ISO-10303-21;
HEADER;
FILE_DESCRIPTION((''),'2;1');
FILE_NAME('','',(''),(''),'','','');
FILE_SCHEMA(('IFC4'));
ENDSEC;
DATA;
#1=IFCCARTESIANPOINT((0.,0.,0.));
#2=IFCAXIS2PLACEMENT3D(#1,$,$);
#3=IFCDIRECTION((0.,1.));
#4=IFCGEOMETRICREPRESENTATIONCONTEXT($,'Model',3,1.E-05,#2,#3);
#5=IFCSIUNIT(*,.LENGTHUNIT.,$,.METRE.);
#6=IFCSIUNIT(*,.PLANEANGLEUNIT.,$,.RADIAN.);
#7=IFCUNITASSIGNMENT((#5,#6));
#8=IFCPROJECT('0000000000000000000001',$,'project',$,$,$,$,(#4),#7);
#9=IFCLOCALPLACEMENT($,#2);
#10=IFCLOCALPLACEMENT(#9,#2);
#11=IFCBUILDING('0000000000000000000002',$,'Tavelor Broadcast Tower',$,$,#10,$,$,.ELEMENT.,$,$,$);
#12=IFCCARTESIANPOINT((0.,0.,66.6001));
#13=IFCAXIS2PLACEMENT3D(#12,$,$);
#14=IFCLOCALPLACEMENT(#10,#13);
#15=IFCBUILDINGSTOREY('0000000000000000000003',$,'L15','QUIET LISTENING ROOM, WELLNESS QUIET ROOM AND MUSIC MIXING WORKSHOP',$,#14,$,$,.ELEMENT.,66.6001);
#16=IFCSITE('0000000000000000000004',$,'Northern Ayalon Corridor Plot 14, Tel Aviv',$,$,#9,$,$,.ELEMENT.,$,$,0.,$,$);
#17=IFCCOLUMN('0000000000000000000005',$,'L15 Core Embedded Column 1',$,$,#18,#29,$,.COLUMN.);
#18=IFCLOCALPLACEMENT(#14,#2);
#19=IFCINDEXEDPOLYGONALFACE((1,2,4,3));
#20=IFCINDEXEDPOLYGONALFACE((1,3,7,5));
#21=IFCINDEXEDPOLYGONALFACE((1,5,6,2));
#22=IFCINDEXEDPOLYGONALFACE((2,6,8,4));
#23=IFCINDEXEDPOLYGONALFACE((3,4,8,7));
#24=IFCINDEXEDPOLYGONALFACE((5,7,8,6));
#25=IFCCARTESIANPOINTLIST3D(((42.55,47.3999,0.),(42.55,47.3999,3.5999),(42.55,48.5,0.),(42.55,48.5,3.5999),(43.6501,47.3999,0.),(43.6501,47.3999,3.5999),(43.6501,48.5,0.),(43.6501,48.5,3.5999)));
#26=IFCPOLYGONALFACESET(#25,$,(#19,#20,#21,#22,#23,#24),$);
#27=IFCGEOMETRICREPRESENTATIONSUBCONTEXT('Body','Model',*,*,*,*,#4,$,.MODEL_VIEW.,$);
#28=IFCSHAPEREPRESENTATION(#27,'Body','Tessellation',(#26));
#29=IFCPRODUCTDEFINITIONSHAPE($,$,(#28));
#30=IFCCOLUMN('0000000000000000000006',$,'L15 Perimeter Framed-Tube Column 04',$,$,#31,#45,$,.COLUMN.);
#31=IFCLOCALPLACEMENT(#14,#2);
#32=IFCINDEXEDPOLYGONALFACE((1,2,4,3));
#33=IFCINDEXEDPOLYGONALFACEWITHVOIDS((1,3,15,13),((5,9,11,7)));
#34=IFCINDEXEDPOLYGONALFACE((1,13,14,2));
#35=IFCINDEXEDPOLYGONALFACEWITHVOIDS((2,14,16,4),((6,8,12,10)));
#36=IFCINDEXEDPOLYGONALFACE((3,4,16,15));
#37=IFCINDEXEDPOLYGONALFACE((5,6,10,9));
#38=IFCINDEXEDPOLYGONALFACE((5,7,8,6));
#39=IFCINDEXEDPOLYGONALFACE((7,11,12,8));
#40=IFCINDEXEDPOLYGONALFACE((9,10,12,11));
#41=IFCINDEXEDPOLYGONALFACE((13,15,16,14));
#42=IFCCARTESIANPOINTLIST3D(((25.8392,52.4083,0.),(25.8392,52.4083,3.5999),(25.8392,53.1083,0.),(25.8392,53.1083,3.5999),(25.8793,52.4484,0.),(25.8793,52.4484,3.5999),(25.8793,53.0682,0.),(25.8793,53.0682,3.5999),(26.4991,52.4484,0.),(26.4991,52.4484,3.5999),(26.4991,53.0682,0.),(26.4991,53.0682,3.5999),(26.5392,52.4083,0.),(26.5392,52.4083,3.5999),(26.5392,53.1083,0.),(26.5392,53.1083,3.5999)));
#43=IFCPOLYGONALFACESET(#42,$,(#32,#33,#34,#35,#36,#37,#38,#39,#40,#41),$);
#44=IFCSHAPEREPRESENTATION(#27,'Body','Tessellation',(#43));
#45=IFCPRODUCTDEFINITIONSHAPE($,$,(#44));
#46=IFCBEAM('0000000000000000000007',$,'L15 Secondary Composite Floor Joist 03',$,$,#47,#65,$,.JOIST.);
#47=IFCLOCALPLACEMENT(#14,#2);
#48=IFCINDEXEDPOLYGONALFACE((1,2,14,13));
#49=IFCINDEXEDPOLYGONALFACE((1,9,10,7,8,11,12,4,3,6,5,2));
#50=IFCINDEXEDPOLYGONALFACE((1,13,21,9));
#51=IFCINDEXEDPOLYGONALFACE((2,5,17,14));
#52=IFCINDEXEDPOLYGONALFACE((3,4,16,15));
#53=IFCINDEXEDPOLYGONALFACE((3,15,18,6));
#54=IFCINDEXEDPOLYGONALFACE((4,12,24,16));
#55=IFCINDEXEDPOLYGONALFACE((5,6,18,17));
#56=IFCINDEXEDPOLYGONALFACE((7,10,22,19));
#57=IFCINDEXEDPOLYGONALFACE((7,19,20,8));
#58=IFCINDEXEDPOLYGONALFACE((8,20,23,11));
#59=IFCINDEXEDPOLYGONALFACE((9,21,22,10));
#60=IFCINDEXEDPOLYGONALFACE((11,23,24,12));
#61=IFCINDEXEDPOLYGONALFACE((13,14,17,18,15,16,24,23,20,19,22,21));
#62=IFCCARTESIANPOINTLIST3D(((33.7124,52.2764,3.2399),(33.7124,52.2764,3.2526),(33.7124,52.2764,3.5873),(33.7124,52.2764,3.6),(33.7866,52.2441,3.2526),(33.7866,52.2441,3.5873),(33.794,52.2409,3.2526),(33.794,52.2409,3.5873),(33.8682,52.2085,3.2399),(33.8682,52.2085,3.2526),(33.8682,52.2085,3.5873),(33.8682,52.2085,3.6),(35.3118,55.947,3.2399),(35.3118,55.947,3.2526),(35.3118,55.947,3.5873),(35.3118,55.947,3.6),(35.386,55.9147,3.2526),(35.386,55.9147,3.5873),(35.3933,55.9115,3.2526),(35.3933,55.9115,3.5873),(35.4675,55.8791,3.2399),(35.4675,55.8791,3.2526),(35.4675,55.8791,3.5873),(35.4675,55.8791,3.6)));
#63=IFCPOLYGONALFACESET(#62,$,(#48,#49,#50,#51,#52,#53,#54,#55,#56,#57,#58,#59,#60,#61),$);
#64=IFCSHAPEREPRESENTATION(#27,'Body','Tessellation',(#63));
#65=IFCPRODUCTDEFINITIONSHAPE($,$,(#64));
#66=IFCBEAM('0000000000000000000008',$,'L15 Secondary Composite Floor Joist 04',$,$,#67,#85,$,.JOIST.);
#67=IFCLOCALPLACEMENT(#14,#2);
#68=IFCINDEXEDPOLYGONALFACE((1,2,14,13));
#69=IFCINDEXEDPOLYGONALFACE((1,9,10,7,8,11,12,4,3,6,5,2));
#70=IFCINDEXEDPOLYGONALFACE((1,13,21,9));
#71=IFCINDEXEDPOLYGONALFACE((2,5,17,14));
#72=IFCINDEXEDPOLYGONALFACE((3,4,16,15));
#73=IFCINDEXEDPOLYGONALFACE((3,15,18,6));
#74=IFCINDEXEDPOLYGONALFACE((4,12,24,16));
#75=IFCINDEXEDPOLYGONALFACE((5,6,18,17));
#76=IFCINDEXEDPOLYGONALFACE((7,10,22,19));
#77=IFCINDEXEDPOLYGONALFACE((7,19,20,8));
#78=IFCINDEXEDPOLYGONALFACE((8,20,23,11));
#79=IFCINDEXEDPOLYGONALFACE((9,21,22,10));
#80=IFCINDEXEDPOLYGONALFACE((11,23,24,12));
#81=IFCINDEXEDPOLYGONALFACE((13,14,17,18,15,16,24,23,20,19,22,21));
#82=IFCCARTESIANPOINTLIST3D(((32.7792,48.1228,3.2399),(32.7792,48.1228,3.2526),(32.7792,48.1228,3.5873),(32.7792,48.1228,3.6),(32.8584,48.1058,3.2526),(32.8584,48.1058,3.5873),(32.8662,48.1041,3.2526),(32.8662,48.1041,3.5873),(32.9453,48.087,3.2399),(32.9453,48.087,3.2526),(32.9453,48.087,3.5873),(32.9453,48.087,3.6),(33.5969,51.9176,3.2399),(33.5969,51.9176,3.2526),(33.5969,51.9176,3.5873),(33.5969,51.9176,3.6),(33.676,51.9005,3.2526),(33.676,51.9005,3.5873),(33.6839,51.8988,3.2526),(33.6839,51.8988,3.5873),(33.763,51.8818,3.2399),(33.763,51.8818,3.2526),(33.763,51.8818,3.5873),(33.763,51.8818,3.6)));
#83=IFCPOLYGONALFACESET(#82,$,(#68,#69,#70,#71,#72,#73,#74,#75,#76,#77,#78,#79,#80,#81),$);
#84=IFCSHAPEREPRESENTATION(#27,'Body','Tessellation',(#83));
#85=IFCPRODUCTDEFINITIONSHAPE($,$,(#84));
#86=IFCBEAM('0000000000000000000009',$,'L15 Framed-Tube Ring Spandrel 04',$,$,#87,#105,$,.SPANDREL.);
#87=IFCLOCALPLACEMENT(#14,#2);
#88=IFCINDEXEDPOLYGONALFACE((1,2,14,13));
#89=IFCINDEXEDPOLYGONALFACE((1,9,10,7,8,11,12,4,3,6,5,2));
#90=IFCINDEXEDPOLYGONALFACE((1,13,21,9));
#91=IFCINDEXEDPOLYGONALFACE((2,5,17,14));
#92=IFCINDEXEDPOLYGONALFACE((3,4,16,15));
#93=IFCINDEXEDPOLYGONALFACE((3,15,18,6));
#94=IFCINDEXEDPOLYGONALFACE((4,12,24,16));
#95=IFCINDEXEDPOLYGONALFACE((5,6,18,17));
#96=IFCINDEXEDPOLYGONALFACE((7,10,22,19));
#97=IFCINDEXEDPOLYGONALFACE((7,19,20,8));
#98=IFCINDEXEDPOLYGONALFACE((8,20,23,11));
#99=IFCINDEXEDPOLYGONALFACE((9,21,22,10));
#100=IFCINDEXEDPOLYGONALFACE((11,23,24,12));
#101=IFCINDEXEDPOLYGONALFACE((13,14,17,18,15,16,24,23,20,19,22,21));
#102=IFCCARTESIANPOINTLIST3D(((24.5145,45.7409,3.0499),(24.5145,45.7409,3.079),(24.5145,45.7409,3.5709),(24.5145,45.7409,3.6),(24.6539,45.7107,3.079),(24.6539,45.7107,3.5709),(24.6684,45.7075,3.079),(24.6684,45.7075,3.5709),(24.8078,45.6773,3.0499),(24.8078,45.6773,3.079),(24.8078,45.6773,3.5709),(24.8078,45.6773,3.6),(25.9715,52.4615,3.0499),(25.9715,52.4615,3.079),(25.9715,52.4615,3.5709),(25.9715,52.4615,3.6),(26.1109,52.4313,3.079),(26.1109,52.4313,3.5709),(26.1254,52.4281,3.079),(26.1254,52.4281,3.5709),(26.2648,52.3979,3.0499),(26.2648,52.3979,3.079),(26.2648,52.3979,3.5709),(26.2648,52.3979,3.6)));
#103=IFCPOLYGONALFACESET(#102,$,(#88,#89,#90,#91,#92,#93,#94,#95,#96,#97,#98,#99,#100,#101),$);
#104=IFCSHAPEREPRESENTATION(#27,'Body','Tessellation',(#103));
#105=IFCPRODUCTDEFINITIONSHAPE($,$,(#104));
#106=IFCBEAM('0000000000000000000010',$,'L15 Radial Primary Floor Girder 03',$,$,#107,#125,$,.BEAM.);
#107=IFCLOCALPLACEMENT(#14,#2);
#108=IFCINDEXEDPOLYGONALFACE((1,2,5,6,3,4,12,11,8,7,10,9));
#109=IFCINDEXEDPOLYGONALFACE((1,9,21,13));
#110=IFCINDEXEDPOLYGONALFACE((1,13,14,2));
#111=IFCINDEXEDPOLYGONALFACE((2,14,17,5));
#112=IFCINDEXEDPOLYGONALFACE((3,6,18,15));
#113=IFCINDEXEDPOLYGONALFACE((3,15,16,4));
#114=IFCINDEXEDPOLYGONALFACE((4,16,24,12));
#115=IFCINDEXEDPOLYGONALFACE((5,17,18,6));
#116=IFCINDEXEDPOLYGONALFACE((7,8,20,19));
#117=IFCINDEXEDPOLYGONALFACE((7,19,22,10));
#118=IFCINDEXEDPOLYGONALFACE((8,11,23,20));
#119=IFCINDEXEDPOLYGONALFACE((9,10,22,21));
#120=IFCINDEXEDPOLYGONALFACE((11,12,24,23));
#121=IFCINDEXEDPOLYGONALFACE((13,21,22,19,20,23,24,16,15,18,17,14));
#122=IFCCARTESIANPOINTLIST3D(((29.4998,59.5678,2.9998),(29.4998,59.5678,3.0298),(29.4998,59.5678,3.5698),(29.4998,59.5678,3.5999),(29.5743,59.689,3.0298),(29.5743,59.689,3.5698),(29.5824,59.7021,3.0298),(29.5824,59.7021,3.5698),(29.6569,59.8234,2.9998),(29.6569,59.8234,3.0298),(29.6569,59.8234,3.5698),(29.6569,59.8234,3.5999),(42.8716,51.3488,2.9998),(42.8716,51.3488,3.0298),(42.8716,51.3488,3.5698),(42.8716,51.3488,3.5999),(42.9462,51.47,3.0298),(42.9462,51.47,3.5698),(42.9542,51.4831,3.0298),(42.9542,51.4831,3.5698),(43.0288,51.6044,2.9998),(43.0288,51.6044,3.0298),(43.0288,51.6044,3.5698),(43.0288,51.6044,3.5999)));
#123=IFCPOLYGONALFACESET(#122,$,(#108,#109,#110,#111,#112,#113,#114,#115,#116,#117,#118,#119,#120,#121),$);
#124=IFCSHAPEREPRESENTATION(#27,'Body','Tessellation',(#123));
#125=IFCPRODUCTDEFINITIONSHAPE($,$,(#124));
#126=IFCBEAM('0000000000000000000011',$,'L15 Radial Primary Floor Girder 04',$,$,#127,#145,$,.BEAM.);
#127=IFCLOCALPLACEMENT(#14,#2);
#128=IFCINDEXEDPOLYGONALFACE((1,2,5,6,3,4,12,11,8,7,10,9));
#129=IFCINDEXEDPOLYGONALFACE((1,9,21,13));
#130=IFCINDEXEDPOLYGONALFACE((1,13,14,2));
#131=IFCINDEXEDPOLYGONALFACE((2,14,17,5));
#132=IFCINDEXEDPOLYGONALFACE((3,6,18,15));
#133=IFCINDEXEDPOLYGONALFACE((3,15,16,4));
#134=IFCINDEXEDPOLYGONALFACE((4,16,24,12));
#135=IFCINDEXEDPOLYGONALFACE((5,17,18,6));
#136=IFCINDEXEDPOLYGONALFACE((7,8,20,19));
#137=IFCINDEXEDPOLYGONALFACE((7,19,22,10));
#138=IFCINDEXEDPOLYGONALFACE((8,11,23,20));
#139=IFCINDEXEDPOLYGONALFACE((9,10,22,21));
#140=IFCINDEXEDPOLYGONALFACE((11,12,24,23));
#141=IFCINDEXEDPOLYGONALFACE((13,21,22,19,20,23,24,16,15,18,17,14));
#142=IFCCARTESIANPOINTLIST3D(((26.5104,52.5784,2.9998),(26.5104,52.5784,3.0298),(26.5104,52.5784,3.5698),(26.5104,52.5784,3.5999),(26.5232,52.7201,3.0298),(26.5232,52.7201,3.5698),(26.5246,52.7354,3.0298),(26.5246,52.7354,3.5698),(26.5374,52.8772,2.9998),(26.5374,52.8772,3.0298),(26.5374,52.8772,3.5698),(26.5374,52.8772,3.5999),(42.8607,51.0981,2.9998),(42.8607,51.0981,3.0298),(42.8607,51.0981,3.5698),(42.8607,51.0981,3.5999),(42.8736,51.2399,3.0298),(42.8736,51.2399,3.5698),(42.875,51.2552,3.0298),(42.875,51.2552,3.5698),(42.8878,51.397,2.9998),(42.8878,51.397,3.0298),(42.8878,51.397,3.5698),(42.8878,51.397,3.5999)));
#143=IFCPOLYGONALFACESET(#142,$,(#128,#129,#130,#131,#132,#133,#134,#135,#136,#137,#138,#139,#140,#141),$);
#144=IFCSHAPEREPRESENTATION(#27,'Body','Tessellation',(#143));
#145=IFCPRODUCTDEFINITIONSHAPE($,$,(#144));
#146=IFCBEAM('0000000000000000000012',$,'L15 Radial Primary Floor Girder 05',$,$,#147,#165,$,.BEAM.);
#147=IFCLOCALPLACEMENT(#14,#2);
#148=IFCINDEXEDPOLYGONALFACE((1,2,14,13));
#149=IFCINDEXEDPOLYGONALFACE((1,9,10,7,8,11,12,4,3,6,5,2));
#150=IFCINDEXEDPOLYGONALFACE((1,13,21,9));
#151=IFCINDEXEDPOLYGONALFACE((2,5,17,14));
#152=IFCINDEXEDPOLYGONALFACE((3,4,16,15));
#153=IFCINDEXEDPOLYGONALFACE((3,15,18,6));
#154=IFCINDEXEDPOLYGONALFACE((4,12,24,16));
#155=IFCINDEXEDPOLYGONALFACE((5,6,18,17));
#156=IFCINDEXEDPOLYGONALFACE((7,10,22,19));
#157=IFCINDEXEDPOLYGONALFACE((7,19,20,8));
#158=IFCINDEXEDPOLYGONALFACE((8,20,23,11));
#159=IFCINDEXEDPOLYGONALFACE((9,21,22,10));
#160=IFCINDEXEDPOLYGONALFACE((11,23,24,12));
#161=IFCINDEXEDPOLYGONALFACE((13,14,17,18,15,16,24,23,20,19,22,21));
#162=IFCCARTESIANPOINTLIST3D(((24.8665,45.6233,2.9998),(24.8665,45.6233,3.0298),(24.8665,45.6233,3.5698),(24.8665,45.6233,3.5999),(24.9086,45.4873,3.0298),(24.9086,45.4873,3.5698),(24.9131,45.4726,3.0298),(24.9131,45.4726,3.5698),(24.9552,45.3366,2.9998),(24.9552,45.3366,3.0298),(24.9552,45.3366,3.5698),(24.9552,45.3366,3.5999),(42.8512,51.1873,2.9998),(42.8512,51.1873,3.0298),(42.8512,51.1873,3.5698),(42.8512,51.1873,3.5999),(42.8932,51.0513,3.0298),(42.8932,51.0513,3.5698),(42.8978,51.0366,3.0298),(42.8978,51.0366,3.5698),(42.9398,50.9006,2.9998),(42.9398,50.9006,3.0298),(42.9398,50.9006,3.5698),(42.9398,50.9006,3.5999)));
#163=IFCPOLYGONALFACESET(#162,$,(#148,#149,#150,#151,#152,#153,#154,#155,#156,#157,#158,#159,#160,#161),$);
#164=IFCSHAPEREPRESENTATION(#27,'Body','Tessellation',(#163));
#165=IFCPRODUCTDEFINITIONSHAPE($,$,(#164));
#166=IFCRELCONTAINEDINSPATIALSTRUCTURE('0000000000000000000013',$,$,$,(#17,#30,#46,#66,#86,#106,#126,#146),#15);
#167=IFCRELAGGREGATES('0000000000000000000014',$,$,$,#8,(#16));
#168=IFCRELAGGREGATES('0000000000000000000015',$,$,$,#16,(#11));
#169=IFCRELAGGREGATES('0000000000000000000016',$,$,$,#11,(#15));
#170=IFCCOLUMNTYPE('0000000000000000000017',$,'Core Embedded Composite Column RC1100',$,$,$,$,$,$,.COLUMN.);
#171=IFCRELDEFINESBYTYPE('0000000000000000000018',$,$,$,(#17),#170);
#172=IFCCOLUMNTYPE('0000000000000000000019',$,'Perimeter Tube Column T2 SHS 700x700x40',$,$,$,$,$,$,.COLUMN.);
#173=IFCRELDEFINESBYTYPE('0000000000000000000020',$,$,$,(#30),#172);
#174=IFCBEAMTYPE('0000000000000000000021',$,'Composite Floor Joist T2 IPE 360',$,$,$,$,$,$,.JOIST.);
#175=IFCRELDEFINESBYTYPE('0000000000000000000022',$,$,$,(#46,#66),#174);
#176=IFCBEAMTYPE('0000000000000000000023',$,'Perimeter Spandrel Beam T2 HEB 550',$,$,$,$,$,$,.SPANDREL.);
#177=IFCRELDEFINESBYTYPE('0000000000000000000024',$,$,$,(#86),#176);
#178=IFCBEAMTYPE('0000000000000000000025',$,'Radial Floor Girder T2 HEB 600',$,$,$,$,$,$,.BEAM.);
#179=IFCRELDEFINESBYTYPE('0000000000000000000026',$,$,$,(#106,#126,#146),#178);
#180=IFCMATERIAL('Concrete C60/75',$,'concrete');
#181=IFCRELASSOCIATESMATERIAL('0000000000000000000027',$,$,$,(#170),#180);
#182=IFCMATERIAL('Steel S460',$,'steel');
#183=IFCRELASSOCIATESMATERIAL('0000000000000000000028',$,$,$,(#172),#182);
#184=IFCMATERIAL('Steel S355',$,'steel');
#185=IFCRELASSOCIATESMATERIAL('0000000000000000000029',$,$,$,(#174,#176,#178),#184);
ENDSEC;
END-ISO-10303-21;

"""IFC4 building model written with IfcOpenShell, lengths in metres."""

from ifc_helpers import new_model, si_unit, direction, frame, origin, origin_2d, place, context, subcontext, project, spatial, rectangle, hollow_rectangle, i_section, extrude, material, material_profile, profile_set, type_object, element, save


model = new_model("IFC4")

# Units and contexts
model_context = context("Model", 3, precision=1e-05, world=origin(), true_north=direction((0.0, 1.0)))
body_context = subcontext(model_context, "Body", "Model", "MODEL_VIEW")
ifc_project = project(units=[si_unit("LENGTHUNIT", "METRE"), si_unit("PLANEANGLEUNIT", "RADIAN")], contexts=[model_context])

# Site, building, storey
site_placement = place(None, origin())
site = spatial("IfcSite", under=ifc_project, at=site_placement, Name="Northern Ayalon Corridor Plot 14, Tel Aviv", CompositionType="ELEMENT", RefElevation=0.0)
building_placement = place(site_placement, origin())
building = spatial("IfcBuilding", under=site, at=building_placement, Name="Tavelor Broadcast Tower", CompositionType="ELEMENT")
storey_placement = place(building_placement, frame((0.0, 0.0, 66.6001)))
storey = spatial("IfcBuildingStorey", under=building, at=storey_placement, Name="L15", Description="QUIET LISTENING ROOM, WELLNESS QUIET ROOM AND MUSIC MIXING WORKSHOP", CompositionType="ELEMENT", Elevation=66.6001)

# Columns
ifc_material_1 = material(Name="Concrete C60/75", Category="concrete")
ifc_material_profile_1 = material_profile(ifc_material_1, rectangle(XDim=1.1001, YDim=1.1001, at=origin_2d()), Name="RC 1100x1100")
ifc_profile_set_1 = profile_set([ifc_material_profile_1], Name="Concrete C60/75")
column_type_1 = type_object("IfcColumnType", Name="Core Embedded Composite Column RC1100", PredefinedType="COLUMN", material=ifc_profile_set_1)
column_1_placement = place(storey_placement, frame((43.1001, 47.95, 0.0), z_axis=(0.0, 0.0, 1.0), x_axis=(1.0, 0.0, 0.0)))
element("IfcColumn", 1, at=column_1_placement, inside=storey, type_object=column_type_1, Name="L15 Core Embedded Column 1", PredefinedType="COLUMN", context=body_context, shape_type="SweptSolid", body=[
    extrude(rectangle(XDim=1.1001, YDim=1.1001, at=origin_2d()), origin(), (0.0, 0.0, 1.0), 3.5999),
])
ifc_material_2 = material(Name="Steel S460", Category="steel")
ifc_material_profile_2 = material_profile(ifc_material_2, hollow_rectangle(XDim=0.7, YDim=0.7, WallThickness=0.04, at=origin_2d()), Name="SHS 700x700x40")
ifc_profile_set_2 = profile_set([ifc_material_profile_2], Name="Steel S460")
column_type_2 = type_object("IfcColumnType", Name="Perimeter Tube Column T2 SHS 700x700x40", PredefinedType="COLUMN", material=ifc_profile_set_2)
column_2_placement = place(storey_placement, frame((26.1892, 52.7583, 0.0), z_axis=(0.0, 0.0, 1.0), x_axis=(1.0, 0.0, 0.0)))
element("IfcColumn", 2, at=column_2_placement, inside=storey, type_object=column_type_2, Name="L15 Perimeter Framed-Tube Column 04", PredefinedType="COLUMN", context=body_context, shape_type="SweptSolid", body=[
    extrude(hollow_rectangle(XDim=0.7, YDim=0.7, WallThickness=0.04, at=origin_2d()), origin(), (0.0, 0.0, 1.0), 3.5999),
])

# Beams
ifc_material_3 = material(Name="Steel S355", Category="steel")
ifc_material_profile_3 = material_profile(ifc_material_3, i_section(OverallWidth=0.1699, OverallDepth=0.3601, WebThickness=0.0081, FlangeThickness=0.0127, at=origin_2d()), Name="IPE 360")
ifc_profile_set_3 = profile_set([ifc_material_profile_3], Name="Steel S355")
beam_type_1 = type_object("IfcBeamType", Name="Composite Floor Joist T2 IPE 360", PredefinedType="JOIST", material=ifc_profile_set_3)
beam_1_placement = place(storey_placement, frame((35.3896, 55.9131, 3.4199), z_axis=(-0.399446, -0.916757, 0.0), x_axis=(0.916757, -0.399446, 0.0)))
element("IfcBeam", 3, at=beam_1_placement, inside=storey, type_object=beam_type_1, Name="L15 Secondary Composite Floor Joist 03", PredefinedType="JOIST", context=body_context, shape_type="SweptSolid", body=[
    extrude(i_section(OverallWidth=0.1699, OverallDepth=0.3601, WebThickness=0.0081, FlangeThickness=0.0127, at=origin_2d()), origin(), (0.0, 0.0, 1.0), 4.0039),
])
beam_2_placement = place(storey_placement, frame((33.6799, 51.8997, 3.4199), z_axis=(-0.210633, -0.977565, 0.0), x_axis=(0.977565, -0.210633, 0.0)))
element("IfcBeam", 4, at=beam_2_placement, inside=storey, type_object=beam_type_1, Name="L15 Secondary Composite Floor Joist 04", PredefinedType="JOIST", context=body_context, shape_type="SweptSolid", body=[
    extrude(i_section(OverallWidth=0.1699, OverallDepth=0.3601, WebThickness=0.0081, FlangeThickness=0.0127, at=origin_2d()), origin(), (0.0, 0.0, 1.0), 3.8818),
])
ifc_material_profile_4 = material_profile(ifc_material_3, i_section(OverallWidth=0.3, OverallDepth=0.55, WebThickness=0.0149, FlangeThickness=0.0291, at=origin_2d()), Name="HEB 550")
ifc_profile_set_4 = profile_set([ifc_material_profile_4], Name="Steel S355")
beam_type_2 = type_object("IfcBeamType", Name="Perimeter Spandrel Beam T2 HEB 550", PredefinedType="SPANDREL", material=ifc_profile_set_4)
beam_3_placement = place(storey_placement, frame((26.1182, 52.4297, 3.325), z_axis=(-0.211875, -0.977297, 0.0), x_axis=(0.977297, -0.211875, 0.0)))
element("IfcBeam", 5, at=beam_3_placement, inside=storey, type_object=beam_type_2, Name="L15 Framed-Tube Ring Spandrel 04", PredefinedType="SPANDREL", context=body_context, shape_type="SweptSolid", body=[
    extrude(i_section(OverallWidth=0.3, OverallDepth=0.55, WebThickness=0.0149, FlangeThickness=0.0291, at=origin_2d()), origin(), (0.0, 0.0, 1.0), 6.8767),
])
ifc_material_profile_5 = material_profile(ifc_material_3, i_section(OverallWidth=0.3, OverallDepth=0.6001, WebThickness=0.0154, FlangeThickness=0.03, at=origin_2d()), Name="HEB 600")
ifc_profile_set_5 = profile_set([ifc_material_profile_5], Name="Steel S355")
beam_type_3 = type_object("IfcBeamType", Name="Radial Floor Girder T2 HEB 600", PredefinedType="BEAM", material=ifc_profile_set_5)
beam_4_placement = place(storey_placement, frame((42.9502, 51.4766, 3.2998), z_axis=(-0.851938, 0.523643, 0.0), x_axis=(-0.523643, -0.851938, 0.0)))
element("IfcBeam", 6, at=beam_4_placement, inside=storey, type_object=beam_type_3, Name="L15 Radial Primary Floor Girder 03", PredefinedType="BEAM", context=body_context, shape_type="SweptSolid", body=[
    extrude(i_section(OverallWidth=0.3, OverallDepth=0.6001, WebThickness=0.0154, FlangeThickness=0.03, at=origin_2d()), origin(), (0.0, 0.0, 1.0), 15.6958),
])
beam_5_placement = place(storey_placement, frame((42.8743, 51.2476, 3.2998), z_axis=(-0.995927, 0.090163, 0.0), x_axis=(-0.090163, -0.995927, 0.0)))
element("IfcBeam", 7, at=beam_5_placement, inside=storey, type_object=beam_type_3, Name="L15 Radial Primary Floor Girder 04", PredefinedType="BEAM", context=body_context, shape_type="SweptSolid", body=[
    extrude(i_section(OverallWidth=0.3, OverallDepth=0.6001, WebThickness=0.0154, FlangeThickness=0.03, at=origin_2d()), origin(), (0.0, 0.0, 1.0), 16.4172),
])
beam_6_placement = place(storey_placement, frame((42.8955, 51.0439, 3.2998), z_axis=(-0.955326, -0.295553, 0.0), x_axis=(0.295553, -0.955326, 0.0)))
element("IfcBeam", 8, at=beam_6_placement, inside=storey, type_object=beam_type_3, Name="L15 Radial Primary Floor Girder 05", PredefinedType="BEAM", context=body_context, shape_type="SweptSolid", body=[
    extrude(i_section(OverallWidth=0.3, OverallDepth=0.6001, WebThickness=0.0154, FlangeThickness=0.03, at=origin_2d()), origin(), (0.0, 0.0, 1.0), 18.8257),
])

save(model, "model.ifc")
